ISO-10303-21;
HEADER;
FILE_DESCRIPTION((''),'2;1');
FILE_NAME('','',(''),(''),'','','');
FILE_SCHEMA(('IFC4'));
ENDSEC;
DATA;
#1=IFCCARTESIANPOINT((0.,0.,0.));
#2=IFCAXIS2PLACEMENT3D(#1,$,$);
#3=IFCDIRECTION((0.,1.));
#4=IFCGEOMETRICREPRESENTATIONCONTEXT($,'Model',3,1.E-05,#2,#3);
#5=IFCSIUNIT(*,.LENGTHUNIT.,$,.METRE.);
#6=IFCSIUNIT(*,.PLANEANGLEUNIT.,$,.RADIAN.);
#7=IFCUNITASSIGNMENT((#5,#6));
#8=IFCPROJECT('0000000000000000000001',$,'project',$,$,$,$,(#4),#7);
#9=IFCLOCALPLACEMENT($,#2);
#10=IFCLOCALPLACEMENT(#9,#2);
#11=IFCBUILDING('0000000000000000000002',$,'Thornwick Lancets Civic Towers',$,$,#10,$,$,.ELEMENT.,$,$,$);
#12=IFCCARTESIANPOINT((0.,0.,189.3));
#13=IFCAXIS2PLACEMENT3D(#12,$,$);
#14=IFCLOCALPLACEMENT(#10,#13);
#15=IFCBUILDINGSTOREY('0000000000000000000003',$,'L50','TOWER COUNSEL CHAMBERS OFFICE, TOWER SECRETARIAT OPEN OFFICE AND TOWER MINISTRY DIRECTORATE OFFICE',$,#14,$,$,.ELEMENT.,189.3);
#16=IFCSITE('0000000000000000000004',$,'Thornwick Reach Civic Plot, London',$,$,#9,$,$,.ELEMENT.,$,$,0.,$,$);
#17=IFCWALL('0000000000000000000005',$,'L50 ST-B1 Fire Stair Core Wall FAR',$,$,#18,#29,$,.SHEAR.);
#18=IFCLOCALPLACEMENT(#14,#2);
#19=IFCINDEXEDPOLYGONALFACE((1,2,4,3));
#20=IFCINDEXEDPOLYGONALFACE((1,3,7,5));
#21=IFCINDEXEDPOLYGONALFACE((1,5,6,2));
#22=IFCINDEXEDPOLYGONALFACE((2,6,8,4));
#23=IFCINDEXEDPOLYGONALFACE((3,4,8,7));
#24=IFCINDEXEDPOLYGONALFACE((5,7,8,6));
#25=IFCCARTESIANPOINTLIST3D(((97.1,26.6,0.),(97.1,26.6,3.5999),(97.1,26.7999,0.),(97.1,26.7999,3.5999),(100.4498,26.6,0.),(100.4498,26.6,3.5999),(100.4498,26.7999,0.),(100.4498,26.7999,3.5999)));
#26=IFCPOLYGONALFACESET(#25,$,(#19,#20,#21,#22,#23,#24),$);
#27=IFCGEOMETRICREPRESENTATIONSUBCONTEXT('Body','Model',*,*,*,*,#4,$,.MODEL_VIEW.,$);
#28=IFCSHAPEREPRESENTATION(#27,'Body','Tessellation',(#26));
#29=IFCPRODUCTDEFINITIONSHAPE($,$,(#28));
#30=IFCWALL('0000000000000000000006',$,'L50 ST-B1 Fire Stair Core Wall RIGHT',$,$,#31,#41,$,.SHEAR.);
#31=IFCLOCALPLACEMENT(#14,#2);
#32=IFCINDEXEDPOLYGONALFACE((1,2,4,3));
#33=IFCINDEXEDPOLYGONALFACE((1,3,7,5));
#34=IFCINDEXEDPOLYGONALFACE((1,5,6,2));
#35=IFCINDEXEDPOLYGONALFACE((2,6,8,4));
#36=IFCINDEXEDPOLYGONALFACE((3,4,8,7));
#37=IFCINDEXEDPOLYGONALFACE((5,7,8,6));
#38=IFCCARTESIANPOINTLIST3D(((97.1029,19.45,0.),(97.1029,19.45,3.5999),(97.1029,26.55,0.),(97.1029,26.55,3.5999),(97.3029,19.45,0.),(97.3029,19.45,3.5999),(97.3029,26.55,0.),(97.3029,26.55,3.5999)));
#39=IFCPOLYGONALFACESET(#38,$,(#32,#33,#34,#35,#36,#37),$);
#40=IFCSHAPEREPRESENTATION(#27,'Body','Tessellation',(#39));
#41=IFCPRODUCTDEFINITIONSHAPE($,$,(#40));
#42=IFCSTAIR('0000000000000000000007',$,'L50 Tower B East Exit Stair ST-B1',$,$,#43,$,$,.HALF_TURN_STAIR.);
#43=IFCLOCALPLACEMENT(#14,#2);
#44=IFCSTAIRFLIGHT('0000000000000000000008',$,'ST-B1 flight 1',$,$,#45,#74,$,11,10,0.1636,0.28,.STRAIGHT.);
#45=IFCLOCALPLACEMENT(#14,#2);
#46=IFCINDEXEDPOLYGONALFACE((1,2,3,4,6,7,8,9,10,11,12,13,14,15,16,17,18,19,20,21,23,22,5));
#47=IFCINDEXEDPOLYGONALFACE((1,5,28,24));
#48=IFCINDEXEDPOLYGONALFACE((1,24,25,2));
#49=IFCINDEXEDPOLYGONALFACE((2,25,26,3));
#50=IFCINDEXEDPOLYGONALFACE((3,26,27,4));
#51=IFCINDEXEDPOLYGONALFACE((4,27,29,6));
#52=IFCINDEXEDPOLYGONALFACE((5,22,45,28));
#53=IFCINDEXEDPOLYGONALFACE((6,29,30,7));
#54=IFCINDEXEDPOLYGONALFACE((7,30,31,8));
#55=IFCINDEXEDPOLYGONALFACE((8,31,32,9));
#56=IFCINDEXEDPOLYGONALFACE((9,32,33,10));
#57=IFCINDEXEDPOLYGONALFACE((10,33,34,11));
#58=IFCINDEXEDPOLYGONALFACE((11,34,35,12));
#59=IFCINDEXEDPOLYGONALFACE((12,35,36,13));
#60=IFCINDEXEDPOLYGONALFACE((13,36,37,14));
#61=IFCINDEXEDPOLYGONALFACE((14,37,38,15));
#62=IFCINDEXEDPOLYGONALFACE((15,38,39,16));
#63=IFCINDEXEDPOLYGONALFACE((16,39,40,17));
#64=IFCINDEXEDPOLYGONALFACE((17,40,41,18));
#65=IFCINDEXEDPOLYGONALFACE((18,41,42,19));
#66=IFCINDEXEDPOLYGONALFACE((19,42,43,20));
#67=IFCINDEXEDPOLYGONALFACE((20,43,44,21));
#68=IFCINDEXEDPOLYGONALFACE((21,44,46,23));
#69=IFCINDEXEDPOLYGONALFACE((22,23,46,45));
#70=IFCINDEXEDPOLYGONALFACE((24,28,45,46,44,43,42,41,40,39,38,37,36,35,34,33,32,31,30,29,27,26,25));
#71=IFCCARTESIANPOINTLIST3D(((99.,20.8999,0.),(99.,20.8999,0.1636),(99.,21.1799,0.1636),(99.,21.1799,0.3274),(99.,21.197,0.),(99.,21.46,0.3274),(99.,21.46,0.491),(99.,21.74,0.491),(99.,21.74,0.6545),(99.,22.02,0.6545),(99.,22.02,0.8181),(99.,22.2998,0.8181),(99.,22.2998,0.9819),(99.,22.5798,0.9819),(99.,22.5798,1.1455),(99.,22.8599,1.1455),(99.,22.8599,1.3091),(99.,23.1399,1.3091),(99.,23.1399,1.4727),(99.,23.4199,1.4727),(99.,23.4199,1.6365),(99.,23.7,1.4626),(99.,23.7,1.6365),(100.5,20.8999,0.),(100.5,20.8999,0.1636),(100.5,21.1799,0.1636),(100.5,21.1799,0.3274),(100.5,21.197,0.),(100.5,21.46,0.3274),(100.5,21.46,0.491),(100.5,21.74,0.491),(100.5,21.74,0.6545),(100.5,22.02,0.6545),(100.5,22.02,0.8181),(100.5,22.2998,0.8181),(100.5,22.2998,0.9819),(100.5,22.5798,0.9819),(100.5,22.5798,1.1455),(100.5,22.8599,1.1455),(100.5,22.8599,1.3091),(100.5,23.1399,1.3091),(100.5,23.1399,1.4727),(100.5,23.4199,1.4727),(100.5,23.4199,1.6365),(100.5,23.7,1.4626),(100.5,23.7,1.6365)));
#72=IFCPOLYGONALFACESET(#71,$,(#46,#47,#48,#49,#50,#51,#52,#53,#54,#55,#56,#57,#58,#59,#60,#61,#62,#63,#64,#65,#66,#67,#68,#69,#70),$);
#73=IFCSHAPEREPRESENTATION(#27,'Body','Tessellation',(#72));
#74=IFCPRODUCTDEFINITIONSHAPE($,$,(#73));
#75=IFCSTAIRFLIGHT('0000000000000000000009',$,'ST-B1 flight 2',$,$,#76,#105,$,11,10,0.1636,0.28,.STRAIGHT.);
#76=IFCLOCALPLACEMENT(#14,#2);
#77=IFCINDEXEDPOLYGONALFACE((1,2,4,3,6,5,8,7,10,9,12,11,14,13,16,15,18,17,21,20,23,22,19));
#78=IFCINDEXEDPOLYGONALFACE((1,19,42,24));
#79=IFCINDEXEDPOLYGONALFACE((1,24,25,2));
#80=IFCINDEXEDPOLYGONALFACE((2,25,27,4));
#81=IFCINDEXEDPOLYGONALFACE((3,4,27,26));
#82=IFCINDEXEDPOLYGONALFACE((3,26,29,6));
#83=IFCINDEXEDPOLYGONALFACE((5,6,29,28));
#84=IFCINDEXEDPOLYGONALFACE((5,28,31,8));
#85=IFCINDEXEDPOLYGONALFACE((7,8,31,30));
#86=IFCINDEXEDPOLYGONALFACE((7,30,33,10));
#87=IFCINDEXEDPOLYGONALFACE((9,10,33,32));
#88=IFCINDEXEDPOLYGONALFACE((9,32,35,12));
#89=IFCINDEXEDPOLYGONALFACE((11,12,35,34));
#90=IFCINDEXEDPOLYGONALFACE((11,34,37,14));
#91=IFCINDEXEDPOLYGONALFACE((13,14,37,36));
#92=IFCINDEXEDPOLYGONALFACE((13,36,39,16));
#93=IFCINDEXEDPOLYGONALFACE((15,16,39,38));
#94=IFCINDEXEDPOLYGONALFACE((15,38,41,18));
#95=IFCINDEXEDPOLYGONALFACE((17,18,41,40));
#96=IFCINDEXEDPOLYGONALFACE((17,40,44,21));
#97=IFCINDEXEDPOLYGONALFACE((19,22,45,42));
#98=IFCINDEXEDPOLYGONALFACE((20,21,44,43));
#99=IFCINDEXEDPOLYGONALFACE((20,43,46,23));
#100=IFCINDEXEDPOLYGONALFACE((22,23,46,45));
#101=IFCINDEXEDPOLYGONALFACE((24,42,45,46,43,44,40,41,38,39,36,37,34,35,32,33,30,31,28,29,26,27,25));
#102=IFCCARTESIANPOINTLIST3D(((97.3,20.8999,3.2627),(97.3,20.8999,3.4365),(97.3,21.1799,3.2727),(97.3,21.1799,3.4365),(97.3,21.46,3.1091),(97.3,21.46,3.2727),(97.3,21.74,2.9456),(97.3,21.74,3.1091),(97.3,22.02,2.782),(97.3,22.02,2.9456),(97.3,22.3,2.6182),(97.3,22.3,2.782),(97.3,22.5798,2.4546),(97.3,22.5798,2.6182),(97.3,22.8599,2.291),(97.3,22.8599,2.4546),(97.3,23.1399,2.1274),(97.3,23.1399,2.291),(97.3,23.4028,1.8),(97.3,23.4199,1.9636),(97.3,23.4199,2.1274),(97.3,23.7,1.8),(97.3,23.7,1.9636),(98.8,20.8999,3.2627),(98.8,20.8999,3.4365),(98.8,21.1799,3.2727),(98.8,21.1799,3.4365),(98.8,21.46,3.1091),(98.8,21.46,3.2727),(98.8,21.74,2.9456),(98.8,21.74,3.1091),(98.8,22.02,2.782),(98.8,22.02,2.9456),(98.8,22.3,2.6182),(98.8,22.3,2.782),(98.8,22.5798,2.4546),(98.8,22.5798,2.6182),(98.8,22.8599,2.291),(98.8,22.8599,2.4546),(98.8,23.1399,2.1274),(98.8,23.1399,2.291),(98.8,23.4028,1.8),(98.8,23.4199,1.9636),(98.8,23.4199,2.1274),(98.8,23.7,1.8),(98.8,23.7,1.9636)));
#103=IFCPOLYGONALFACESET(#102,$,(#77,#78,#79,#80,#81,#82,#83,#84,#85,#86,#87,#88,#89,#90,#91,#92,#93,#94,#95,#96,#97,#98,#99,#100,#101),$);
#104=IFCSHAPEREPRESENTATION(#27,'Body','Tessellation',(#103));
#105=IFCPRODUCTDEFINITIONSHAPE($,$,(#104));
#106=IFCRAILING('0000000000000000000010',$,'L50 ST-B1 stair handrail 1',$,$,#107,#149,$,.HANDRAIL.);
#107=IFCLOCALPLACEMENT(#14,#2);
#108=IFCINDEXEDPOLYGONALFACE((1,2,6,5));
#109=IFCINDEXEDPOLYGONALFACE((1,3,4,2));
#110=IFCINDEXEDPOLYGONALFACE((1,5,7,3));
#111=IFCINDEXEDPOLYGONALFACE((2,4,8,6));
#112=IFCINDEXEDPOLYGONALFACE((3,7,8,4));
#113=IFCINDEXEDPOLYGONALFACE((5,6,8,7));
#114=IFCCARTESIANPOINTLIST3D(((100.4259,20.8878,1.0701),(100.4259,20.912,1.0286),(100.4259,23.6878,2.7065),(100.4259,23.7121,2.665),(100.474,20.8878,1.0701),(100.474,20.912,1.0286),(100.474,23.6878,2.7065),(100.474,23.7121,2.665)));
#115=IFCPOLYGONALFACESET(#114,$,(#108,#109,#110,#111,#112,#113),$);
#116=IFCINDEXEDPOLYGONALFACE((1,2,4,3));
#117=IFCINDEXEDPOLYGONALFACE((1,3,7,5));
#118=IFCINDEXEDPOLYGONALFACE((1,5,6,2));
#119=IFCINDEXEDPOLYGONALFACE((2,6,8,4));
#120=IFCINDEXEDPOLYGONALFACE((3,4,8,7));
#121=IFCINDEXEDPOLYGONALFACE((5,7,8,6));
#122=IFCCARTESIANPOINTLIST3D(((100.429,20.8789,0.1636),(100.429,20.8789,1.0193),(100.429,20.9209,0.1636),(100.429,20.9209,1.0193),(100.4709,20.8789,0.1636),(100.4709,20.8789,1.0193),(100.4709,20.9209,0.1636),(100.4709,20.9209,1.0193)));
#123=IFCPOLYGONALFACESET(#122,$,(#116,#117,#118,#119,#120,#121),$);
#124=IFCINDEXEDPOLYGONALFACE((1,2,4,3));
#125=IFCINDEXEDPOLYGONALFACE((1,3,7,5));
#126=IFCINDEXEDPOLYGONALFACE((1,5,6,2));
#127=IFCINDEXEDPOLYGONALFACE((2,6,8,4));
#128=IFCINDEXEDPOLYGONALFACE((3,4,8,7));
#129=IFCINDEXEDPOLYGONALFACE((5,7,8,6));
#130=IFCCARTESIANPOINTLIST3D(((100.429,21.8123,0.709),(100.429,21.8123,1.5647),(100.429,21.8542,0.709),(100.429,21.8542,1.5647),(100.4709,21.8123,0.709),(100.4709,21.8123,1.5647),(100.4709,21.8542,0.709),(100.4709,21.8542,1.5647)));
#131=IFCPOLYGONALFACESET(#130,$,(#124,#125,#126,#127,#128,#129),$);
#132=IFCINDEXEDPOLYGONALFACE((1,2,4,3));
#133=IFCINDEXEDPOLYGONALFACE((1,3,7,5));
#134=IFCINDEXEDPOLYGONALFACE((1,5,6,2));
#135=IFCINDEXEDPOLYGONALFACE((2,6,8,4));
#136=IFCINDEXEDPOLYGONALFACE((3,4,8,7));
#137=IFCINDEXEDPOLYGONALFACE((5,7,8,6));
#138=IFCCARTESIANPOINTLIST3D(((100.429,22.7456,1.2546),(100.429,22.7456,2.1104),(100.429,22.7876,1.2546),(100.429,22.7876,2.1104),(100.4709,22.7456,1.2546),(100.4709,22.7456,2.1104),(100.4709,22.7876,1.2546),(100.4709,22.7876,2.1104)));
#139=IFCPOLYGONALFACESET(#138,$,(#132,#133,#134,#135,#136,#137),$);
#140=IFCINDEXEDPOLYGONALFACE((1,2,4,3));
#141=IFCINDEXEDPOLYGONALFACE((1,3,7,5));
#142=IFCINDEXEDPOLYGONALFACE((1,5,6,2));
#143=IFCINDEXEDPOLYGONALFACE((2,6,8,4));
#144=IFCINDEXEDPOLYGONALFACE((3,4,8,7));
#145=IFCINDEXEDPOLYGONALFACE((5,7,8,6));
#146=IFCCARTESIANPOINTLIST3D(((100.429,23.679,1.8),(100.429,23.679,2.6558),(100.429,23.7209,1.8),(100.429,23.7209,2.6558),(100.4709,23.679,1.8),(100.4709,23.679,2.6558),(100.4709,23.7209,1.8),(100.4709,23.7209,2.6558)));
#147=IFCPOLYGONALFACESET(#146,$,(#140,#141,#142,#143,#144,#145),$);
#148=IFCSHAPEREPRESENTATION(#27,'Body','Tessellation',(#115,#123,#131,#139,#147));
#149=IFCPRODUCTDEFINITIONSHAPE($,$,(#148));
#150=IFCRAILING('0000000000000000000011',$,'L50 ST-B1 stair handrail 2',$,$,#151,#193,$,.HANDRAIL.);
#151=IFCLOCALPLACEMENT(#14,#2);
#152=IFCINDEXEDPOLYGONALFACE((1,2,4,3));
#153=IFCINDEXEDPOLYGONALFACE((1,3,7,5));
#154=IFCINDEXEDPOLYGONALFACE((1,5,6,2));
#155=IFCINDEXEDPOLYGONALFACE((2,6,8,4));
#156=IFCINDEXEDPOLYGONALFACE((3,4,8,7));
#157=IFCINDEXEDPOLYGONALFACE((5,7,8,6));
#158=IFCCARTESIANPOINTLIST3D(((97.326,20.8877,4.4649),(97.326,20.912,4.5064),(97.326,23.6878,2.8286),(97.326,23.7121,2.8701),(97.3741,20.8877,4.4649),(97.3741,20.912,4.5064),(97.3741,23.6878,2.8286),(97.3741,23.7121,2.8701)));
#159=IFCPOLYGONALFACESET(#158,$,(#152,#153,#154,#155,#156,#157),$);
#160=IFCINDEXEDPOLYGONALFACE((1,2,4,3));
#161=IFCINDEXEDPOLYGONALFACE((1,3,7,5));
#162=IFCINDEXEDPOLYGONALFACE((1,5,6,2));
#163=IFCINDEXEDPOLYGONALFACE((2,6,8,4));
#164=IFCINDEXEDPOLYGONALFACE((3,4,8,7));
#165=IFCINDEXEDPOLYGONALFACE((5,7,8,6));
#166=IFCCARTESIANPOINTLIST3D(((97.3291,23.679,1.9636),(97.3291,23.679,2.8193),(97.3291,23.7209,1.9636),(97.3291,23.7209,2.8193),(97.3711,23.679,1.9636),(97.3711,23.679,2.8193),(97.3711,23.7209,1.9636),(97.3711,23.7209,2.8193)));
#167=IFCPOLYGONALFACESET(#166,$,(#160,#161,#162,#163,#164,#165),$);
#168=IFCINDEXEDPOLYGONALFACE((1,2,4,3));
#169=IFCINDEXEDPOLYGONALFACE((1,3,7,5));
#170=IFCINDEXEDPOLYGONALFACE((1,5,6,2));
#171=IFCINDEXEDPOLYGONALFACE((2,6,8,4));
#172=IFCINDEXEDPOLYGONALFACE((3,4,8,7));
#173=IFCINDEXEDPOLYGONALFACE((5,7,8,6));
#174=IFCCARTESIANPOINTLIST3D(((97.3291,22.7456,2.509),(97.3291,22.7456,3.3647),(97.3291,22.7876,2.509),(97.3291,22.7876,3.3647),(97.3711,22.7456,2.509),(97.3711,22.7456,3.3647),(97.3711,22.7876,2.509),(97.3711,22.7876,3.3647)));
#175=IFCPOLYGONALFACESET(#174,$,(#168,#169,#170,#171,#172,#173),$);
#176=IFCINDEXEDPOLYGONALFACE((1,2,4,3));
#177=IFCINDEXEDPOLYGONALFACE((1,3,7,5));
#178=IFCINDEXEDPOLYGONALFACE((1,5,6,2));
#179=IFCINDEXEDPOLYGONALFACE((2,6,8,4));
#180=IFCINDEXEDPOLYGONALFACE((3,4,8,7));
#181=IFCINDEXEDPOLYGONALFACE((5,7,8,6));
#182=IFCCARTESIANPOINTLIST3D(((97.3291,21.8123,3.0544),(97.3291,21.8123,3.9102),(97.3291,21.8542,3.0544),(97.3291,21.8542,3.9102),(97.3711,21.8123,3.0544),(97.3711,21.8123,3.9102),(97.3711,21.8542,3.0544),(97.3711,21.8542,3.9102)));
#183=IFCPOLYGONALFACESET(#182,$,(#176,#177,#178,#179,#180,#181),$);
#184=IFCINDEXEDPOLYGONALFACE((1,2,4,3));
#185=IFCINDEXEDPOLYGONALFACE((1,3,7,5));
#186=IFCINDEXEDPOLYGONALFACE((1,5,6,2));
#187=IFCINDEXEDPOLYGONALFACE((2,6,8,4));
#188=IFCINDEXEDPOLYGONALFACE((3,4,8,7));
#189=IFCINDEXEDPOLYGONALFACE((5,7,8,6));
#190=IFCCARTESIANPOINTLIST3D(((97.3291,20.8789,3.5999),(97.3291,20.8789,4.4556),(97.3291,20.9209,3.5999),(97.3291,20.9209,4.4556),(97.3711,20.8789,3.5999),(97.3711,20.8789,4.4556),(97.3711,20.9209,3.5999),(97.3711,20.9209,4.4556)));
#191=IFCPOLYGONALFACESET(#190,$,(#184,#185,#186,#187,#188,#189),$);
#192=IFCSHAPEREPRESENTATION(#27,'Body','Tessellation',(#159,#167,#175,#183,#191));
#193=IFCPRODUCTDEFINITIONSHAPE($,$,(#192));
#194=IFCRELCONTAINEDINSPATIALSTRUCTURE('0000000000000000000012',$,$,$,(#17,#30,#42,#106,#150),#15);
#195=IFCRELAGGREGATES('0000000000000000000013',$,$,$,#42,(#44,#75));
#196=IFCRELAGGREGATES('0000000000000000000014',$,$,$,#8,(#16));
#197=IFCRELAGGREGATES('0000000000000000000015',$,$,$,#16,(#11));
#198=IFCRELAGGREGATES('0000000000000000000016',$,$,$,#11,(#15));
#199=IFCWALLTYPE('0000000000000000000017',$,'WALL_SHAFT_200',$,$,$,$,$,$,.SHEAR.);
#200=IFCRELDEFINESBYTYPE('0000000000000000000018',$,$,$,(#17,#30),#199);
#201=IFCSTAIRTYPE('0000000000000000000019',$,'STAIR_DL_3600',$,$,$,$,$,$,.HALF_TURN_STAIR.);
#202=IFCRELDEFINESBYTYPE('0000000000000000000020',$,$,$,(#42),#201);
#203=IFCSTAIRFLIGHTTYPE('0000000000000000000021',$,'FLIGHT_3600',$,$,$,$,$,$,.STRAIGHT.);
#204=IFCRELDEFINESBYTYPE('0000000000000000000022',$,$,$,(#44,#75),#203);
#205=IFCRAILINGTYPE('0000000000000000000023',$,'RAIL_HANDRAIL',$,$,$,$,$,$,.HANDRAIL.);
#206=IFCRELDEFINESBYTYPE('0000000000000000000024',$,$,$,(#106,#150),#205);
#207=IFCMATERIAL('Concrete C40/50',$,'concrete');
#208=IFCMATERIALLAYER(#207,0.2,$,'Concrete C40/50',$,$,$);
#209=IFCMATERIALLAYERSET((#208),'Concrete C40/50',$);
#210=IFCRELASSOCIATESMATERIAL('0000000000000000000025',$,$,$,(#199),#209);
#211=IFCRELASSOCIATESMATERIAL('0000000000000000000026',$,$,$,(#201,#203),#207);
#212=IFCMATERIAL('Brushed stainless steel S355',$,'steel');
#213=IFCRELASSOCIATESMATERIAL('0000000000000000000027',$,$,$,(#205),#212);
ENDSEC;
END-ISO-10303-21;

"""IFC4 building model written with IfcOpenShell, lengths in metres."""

from ifc_helpers import new_model, si_unit, direction, frame, frame_2d, origin, origin_2d, place, context, subcontext, project, spatial, polyline, rectangle, outline, extrude, material, layer, layer_set, type_object, element, aggregate, save


model = new_model("IFC4")

# Units and contexts
model_context = context("Model", 3, precision=1e-05, world=origin(), true_north=direction((0.0, 1.0)))
body_context = subcontext(model_context, "Body", "Model", "MODEL_VIEW")
ifc_project = project(units=[si_unit("LENGTHUNIT", "METRE"), si_unit("PLANEANGLEUNIT", "RADIAN")], contexts=[model_context])

# Site, building, storey
site_placement = place(None, origin())
site = spatial("IfcSite", under=ifc_project, at=site_placement, Name="Thornwick Reach Civic Plot, London", CompositionType="ELEMENT", RefElevation=0.0)
building_placement = place(site_placement, origin())
building = spatial("IfcBuilding", under=site, at=building_placement, Name="Thornwick Lancets Civic Towers", CompositionType="ELEMENT")
storey_placement = place(building_placement, frame((0.0, 0.0, 189.3)))
storey = spatial("IfcBuildingStorey", under=building, at=storey_placement, Name="L50", Description="TOWER COUNSEL CHAMBERS OFFICE, TOWER SECRETARIAT OPEN OFFICE AND TOWER MINISTRY DIRECTORATE OFFICE", CompositionType="ELEMENT", Elevation=189.3)

# Shared definitions
ifc_material_1 = material(Name="Concrete C40/50", Category="concrete")

# Shared definitions
ifc_layer_1 = layer(ifc_material_1, 0.2, Name="Concrete C40/50")
ifc_layer_set_1 = layer_set([ifc_layer_1], Name="Concrete C40/50")
wall_type_1 = type_object("IfcWallType", Name="WALL_SHAFT_200", PredefinedType="SHEAR", material=ifc_layer_set_1)

# Walls
wall_1_placement = place(storey_placement, frame((97.1001, 26.7, 0.0), z_axis=(0.0, 0.0, 1.0), x_axis=(1.0, 0.0, 0.0)))
element("IfcWall", 1, at=wall_1_placement, inside=storey, type_object=wall_type_1, Name="L50 ST-B1 Fire Stair Core Wall FAR", PredefinedType="SHEAR", context=body_context, shape_type="SweptSolid", body=[
    extrude(rectangle(XDim=3.3499, YDim=0.2, at=frame_2d((1.6748, 0.0))), origin(), (0.0, 0.0, 1.0), 3.5999),
])
wall_2_placement = place(storey_placement, frame((97.2029, 26.55, 0.0), z_axis=(0.0, 0.0, 1.0), x_axis=(0.0, -1.0, 0.0)))
element("IfcWall", 2, at=wall_2_placement, inside=storey, type_object=wall_type_1, Name="L50 ST-B1 Fire Stair Core Wall RIGHT", PredefinedType="SHEAR", context=body_context, shape_type="SweptSolid", body=[
    extrude(rectangle(XDim=7.1001, YDim=0.2, at=frame_2d((3.55, 0.0))), origin(), (0.0, 0.0, 1.0), 3.5999),
])

# Stair, stair flights
stair_type = type_object("IfcStairType", Name="STAIR_DL_3600", PredefinedType="HALF_TURN_STAIR", material=ifc_material_1)
stair_placement = place(storey_placement, origin())
stair = element("IfcStair", 3, at=stair_placement, inside=storey, type_object=stair_type, Name="L50 Tower B East Exit Stair ST-B1", PredefinedType="HALF_TURN_STAIR")
stair_flight_type = type_object("IfcStairFlightType", Name="FLIGHT_3600", PredefinedType="STRAIGHT", material=ifc_material_1)
stair_flight_1_placement = place(storey_placement, frame((99.75, 20.8999, 0.0), z_axis=(0.0, 0.0, 1.0), x_axis=(0.0, 1.0, 0.0)))
stair_flight_1 = element("IfcStairFlight", 4, at=stair_flight_1_placement, type_object=stair_flight_type, Name="ST-B1 flight 1", NumberOfRisers=11, NumberOfTreads=10, PredefinedType="STRAIGHT", RiserHeight=0.1636, TreadLength=0.28, context=body_context, shape_type="SweptSolid", body=[
    extrude(outline(polyline([(0.0, 0.0), (0.0, 0.1636), (0.28, 0.1636), (0.28, 0.3274), (0.5601, 0.3274), (0.5601, 0.491), (0.8401, 0.491), (0.8401, 0.6545), (1.1201, 0.6545), (1.1201, 0.8181), (1.3999, 0.8181), (1.3999, 0.9819), (1.6799, 0.9819), (1.6799, 1.1455), (1.96, 1.1455), (1.96, 1.3091), (2.24, 1.3091), (2.24, 1.4727), (2.52, 1.4727), (2.52, 1.6365), (2.8, 1.6365), (2.8, 1.8), (2.8, 1.4626), (0.2971, 0.0), (0.0, 0.0)])), frame((0.0, 0.75, 0.0), z_axis=(0.0, -1.0, 0.0), x_axis=(1.0, 0.0, 0.0)), (0.0, 0.0, 1.0), 1.5),
])
stair_flight_2_placement = place(storey_placement, frame((98.05, 23.7, 1.8), z_axis=(0.0, 0.0, 1.0), x_axis=(0.0, -1.0, 0.0)))
stair_flight_2 = element("IfcStairFlight", 5, at=stair_flight_2_placement, type_object=stair_flight_type, Name="ST-B1 flight 2", NumberOfRisers=11, NumberOfTreads=10, PredefinedType="STRAIGHT", RiserHeight=0.1636, TreadLength=0.28, context=body_context, shape_type="SweptSolid", body=[
    extrude(outline(polyline([(0.0, 0.0), (0.0, 0.1636), (0.28, 0.1636), (0.28, 0.3274), (0.5601, 0.3274), (0.5601, 0.491), (0.8401, 0.491), (0.8401, 0.6545), (1.1201, 0.6545), (1.1201, 0.8181), (1.3999, 0.8181), (1.3999, 0.9819), (1.6799, 0.9819), (1.6799, 1.1455), (1.96, 1.1455), (1.96, 1.3091), (2.24, 1.3091), (2.24, 1.4727), (2.52, 1.4727), (2.52, 1.6365), (2.8, 1.6365), (2.8, 1.8), (2.8, 1.4626), (0.2971, 0.0), (0.0, 0.0)])), frame((0.0, 0.75, 0.0), z_axis=(0.0, -1.0, 0.0), x_axis=(1.0, 0.0, 0.0)), (0.0, 0.0, 1.0), 1.5),
])
aggregate(stair, [stair_flight_1, stair_flight_2])

# Railings
ifc_material_2 = material(Name="Brushed stainless steel S355", Category="steel")
railing_type_1 = type_object("IfcRailingType", Name="RAIL_HANDRAIL", PredefinedType="HANDRAIL", material=ifc_material_2)
railing_1_placement = place(storey_placement, frame((100.45, 20.8999, 0.1636)))
element("IfcRailing", 6, at=railing_1_placement, inside=storey, type_object=railing_type_1, Name="L50 ST-B1 stair handrail 1", PredefinedType="HANDRAIL", context=body_context, shape_type="SweptSolid", body=[
    extrude(rectangle(XDim=0.0481, YDim=0.0481, at=origin_2d()), frame((0.0, 0.0, 0.8857), z_axis=(0.0, 0.863361, 0.504587), x_axis=(-1.0, 0.0, 0.0)), (0.0, 0.0, 1.0), 3.2432),
    extrude(rectangle(XDim=0.042, YDim=0.042, at=origin_2d()), origin(), (0.0, 0.0, 1.0), 0.8557),
    extrude(rectangle(XDim=0.042, YDim=0.042, at=origin_2d()), frame((0.0, 0.9333, 0.5454)), (0.0, 0.0, 1.0), 0.8557),
    extrude(rectangle(XDim=0.042, YDim=0.042, at=origin_2d()), frame((0.0, 1.8667, 1.0911)), (0.0, 0.0, 1.0), 0.8557),
    extrude(rectangle(XDim=0.042, YDim=0.042, at=origin_2d()), frame((0.0, 2.8, 1.6365)), (0.0, 0.0, 1.0), 0.8557),
])
railing_2_placement = place(storey_placement, frame((97.3501, 23.7, 1.9636)))
element("IfcRailing", 7, at=railing_2_placement, inside=storey, type_object=railing_type_1, Name="L50 ST-B1 stair handrail 2", PredefinedType="HANDRAIL", context=body_context, shape_type="SweptSolid", body=[
    extrude(rectangle(XDim=0.0481, YDim=0.0481, at=origin_2d()), frame((0.0, 0.0, 0.8857), z_axis=(0.0, -0.863394, 0.504531), x_axis=(1.0, 0.0, 0.0)), (0.0, 0.0, 1.0), 3.2432),
    extrude(rectangle(XDim=0.042, YDim=0.042, at=origin_2d()), origin(), (0.0, 0.0, 1.0), 0.8557),
    extrude(rectangle(XDim=0.042, YDim=0.042, at=origin_2d()), frame((0.0, -0.9333, 0.5454)), (0.0, 0.0, 1.0), 0.8557),
    extrude(rectangle(XDim=0.042, YDim=0.042, at=origin_2d()), frame((0.0, -1.8667, 1.0908)), (0.0, 0.0, 1.0), 0.8557),
    extrude(rectangle(XDim=0.042, YDim=0.042, at=origin_2d()), frame((0.0, -2.8, 1.6362)), (0.0, 0.0, 1.0), 0.8557),
])

save(model, "model.ifc")
